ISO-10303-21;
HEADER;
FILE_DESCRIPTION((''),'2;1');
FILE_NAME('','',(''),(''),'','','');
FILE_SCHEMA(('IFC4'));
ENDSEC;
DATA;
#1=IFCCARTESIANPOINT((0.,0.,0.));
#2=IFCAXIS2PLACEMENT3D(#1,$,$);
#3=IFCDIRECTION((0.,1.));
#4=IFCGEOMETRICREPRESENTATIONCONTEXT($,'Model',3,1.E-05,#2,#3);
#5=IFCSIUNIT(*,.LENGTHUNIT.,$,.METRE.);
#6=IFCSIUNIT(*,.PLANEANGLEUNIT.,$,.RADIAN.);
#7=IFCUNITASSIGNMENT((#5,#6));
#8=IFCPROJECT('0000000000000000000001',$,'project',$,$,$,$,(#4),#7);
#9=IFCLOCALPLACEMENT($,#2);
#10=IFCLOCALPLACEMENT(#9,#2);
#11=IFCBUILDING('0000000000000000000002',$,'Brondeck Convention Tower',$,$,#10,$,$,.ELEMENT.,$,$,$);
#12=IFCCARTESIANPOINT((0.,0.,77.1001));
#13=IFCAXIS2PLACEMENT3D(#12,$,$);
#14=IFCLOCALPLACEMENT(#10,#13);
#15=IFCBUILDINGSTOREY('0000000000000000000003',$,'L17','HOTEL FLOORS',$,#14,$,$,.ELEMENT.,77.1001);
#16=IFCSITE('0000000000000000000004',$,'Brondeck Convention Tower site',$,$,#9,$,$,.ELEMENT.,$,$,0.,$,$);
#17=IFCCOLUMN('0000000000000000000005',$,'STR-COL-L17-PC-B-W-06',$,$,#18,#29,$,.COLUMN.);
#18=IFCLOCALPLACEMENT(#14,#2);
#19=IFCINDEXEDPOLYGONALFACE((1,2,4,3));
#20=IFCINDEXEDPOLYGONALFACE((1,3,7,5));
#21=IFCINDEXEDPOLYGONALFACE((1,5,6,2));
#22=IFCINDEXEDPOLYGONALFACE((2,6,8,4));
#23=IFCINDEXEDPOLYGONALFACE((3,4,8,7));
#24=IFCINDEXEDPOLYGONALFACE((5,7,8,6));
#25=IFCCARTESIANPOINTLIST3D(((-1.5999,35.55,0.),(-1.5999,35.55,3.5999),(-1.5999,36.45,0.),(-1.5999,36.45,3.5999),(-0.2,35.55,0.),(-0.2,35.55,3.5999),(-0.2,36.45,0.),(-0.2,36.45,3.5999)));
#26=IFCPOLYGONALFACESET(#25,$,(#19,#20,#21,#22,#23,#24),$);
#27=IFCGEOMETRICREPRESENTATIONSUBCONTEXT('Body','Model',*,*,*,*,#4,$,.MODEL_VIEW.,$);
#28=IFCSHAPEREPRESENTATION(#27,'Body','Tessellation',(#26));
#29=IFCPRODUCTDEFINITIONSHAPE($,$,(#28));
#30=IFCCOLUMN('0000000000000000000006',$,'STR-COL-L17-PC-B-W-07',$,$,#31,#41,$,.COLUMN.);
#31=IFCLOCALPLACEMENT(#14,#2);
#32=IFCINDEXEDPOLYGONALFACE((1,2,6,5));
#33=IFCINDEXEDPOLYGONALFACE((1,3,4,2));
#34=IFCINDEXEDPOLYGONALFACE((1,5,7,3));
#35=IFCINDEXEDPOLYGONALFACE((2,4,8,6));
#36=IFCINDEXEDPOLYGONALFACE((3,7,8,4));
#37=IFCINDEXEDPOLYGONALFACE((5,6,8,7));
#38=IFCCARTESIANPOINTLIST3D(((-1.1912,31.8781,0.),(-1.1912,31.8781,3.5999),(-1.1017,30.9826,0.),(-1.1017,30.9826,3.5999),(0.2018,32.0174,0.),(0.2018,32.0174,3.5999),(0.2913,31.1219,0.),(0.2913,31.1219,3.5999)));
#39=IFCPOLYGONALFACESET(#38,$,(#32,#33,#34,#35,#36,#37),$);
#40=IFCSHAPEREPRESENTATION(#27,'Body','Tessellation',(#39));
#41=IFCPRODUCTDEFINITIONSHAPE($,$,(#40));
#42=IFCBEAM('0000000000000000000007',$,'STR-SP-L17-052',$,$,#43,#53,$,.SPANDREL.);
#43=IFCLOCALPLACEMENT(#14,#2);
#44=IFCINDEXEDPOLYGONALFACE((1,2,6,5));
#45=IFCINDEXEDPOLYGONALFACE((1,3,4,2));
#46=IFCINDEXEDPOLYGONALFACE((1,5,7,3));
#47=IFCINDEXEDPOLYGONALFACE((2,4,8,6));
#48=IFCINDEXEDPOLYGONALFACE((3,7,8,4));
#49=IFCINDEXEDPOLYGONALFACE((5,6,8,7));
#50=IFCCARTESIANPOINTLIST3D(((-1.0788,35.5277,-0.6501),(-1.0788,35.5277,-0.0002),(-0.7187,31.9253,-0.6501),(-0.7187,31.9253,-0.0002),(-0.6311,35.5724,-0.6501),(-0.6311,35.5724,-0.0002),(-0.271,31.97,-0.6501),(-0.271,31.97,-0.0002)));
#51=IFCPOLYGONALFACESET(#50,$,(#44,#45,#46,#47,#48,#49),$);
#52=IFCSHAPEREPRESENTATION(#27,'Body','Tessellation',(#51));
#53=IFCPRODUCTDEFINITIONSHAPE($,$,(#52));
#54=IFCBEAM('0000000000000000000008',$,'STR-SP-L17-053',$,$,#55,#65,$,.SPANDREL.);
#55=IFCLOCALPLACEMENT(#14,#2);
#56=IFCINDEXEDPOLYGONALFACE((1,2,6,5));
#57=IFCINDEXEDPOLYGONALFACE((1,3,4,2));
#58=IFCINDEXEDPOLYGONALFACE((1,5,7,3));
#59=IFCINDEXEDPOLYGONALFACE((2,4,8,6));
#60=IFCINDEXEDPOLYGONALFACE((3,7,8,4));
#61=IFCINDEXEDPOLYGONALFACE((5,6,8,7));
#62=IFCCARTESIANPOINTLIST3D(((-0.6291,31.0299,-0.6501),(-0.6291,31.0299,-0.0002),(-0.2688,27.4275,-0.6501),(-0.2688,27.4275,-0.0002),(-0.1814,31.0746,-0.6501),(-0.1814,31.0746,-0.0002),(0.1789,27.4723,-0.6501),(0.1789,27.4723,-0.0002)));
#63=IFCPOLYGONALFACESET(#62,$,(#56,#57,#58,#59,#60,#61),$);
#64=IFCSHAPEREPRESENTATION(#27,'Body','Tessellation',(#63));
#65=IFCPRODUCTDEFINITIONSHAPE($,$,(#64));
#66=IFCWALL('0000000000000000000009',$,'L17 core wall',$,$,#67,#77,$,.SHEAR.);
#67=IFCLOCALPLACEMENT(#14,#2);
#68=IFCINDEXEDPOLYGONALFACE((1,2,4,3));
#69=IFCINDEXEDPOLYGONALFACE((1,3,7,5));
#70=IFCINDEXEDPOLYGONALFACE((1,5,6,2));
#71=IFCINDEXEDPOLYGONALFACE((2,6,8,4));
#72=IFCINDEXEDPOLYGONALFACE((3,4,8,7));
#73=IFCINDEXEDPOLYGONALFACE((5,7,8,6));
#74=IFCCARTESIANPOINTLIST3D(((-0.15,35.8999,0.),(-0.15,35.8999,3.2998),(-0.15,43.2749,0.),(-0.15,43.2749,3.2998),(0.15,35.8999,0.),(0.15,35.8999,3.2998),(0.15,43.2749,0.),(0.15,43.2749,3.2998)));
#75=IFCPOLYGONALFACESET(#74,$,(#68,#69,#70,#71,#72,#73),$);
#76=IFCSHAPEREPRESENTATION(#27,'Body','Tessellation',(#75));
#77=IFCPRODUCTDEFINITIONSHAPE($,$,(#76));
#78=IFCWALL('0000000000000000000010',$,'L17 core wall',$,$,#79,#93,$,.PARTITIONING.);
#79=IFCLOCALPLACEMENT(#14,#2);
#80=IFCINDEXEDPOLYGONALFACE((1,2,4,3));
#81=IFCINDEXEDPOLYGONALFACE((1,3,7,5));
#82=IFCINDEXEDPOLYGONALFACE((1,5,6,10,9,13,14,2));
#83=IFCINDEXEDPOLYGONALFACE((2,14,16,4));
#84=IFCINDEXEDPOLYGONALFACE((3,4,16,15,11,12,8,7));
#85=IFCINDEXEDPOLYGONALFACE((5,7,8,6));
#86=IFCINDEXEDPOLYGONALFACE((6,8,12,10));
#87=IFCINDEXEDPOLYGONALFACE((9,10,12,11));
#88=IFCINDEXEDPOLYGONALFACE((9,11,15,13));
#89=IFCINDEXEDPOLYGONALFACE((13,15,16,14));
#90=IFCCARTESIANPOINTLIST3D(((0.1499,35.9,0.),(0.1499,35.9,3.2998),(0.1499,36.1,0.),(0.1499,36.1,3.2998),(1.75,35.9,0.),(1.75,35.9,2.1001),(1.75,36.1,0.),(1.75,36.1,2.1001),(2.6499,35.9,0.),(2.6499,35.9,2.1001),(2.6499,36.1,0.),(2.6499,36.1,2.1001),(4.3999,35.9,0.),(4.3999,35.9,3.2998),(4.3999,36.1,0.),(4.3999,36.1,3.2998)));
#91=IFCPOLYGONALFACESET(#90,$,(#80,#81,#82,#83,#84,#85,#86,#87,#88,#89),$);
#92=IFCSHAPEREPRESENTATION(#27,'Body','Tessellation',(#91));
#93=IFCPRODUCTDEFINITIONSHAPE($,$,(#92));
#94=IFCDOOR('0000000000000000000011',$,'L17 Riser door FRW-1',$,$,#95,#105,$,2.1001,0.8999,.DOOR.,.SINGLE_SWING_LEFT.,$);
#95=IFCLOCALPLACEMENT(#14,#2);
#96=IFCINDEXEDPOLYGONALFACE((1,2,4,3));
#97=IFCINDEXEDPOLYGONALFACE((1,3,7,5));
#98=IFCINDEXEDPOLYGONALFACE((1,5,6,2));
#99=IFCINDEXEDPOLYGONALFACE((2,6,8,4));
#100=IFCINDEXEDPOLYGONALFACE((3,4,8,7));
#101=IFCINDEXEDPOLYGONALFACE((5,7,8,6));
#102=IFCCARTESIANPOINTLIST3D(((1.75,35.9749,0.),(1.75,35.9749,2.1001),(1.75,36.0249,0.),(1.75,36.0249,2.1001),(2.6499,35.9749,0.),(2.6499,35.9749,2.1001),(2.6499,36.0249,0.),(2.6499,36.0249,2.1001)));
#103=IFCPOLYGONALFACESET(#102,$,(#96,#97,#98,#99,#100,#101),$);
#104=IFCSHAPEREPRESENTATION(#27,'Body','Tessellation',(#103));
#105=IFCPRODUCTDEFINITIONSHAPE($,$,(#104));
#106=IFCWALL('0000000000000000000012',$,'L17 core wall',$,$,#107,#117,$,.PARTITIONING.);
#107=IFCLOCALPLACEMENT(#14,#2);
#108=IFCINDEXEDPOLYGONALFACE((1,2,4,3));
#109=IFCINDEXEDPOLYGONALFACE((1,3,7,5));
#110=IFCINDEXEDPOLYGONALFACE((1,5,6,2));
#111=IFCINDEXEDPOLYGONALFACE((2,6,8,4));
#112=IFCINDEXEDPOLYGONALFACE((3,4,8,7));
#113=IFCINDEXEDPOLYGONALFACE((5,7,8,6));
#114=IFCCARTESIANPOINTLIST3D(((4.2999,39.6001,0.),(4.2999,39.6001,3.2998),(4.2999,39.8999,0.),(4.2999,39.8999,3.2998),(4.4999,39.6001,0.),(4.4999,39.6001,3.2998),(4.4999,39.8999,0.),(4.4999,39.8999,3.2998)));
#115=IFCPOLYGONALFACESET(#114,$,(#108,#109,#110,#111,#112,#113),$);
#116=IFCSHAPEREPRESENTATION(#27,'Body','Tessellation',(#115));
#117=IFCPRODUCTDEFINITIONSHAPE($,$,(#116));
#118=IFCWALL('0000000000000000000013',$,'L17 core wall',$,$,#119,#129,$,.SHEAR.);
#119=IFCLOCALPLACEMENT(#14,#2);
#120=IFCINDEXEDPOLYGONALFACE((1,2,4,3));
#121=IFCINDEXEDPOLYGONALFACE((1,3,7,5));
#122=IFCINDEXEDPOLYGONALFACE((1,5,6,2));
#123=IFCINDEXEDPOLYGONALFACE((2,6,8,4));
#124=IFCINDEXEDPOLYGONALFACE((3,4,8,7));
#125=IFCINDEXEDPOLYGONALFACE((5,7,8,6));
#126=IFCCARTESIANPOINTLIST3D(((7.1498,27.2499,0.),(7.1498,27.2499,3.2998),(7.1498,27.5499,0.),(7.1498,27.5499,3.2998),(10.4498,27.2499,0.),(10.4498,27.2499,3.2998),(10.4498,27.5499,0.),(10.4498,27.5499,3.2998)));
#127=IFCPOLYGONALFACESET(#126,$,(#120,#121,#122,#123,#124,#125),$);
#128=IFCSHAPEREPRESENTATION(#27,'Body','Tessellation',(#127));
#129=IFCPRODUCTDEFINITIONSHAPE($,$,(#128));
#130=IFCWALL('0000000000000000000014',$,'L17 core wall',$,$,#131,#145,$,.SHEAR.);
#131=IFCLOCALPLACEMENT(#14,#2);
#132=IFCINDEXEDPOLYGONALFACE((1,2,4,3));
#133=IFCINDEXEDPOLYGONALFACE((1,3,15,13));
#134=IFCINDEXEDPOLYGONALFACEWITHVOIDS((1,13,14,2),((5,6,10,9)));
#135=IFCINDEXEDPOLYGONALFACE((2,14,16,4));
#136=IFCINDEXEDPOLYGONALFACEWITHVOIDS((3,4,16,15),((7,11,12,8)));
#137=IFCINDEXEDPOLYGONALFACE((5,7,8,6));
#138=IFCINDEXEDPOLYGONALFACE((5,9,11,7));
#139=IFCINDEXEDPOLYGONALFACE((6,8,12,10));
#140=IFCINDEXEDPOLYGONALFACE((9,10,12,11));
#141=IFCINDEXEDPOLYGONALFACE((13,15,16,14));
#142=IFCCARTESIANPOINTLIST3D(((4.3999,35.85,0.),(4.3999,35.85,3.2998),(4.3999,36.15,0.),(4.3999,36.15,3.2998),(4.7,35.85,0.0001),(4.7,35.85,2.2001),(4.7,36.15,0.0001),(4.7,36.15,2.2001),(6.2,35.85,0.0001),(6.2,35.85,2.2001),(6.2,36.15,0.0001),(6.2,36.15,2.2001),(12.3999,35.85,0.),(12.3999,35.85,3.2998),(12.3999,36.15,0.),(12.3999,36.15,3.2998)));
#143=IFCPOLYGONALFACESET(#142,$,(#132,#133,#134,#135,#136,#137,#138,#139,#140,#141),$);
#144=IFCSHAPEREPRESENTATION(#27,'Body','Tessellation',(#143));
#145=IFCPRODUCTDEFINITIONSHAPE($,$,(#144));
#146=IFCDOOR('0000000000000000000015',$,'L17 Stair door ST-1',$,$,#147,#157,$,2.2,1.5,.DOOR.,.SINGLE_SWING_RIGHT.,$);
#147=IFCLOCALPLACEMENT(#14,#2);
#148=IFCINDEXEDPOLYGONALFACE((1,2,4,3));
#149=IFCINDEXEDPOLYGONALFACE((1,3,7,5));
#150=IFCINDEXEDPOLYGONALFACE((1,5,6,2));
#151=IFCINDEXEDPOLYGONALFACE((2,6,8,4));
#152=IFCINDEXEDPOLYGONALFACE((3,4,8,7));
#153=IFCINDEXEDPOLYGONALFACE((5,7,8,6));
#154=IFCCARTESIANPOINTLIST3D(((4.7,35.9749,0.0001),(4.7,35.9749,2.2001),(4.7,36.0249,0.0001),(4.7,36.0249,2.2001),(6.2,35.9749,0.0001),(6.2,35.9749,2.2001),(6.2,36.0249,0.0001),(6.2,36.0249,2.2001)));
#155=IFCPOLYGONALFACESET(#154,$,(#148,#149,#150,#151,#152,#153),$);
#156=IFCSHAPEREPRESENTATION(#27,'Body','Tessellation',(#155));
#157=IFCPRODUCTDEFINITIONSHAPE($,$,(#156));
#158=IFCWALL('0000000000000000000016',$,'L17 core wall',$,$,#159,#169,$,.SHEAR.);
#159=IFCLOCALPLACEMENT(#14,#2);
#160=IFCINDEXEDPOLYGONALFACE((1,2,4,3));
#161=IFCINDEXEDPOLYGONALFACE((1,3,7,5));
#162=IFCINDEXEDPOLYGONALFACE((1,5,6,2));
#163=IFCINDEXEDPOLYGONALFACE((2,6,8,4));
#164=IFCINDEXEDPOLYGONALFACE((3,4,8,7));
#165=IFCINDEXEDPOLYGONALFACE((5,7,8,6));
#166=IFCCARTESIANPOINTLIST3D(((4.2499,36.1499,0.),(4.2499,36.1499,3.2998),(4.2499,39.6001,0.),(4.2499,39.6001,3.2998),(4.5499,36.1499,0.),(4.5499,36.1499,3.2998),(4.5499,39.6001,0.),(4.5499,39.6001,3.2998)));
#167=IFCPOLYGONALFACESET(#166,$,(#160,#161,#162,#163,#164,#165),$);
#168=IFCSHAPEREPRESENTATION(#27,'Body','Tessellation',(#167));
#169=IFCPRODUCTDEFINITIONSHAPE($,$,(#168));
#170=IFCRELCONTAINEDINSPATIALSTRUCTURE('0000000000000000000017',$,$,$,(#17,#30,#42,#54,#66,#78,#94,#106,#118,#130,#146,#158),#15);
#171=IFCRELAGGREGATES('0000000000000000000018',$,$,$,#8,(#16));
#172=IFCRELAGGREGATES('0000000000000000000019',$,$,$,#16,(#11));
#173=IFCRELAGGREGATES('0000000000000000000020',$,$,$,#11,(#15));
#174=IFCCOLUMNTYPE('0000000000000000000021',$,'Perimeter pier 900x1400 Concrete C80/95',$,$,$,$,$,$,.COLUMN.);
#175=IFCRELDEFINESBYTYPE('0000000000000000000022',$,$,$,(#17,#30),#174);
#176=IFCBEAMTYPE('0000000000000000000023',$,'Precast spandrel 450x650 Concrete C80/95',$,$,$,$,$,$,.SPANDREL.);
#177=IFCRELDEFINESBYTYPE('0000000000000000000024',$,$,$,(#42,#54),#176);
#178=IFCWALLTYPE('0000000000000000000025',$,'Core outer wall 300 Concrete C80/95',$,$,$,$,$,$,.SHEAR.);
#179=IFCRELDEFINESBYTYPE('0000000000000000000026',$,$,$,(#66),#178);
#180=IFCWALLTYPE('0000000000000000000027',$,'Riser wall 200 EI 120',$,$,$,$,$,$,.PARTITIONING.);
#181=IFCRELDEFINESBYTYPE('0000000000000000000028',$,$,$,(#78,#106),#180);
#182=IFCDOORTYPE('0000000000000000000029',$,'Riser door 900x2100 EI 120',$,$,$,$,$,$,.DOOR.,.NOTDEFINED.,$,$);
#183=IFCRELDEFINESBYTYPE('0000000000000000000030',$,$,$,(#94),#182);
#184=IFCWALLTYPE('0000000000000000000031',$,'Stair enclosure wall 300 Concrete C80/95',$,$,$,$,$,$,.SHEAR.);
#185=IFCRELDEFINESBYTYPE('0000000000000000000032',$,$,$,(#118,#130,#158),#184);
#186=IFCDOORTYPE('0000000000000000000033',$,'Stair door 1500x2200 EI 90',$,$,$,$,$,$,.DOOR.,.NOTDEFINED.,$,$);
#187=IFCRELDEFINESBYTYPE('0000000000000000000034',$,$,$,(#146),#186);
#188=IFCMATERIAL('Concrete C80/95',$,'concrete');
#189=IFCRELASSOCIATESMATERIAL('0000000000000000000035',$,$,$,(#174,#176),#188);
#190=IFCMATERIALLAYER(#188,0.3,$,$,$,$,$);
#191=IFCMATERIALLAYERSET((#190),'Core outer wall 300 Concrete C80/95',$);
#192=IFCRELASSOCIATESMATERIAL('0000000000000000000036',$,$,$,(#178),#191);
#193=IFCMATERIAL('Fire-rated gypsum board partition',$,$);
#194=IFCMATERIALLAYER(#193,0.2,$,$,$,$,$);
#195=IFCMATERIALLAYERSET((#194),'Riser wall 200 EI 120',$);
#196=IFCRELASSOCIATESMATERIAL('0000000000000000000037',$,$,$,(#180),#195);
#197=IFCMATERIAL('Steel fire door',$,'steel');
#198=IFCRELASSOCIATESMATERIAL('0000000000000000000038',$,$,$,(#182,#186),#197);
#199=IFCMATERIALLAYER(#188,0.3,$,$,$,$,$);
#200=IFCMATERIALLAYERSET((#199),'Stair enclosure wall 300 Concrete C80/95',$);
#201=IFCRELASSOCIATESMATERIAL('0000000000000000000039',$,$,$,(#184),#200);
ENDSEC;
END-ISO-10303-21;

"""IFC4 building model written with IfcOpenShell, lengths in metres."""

from ifc_helpers import new_model, si_unit, direction, frame, frame_2d, origin, origin_2d, place, context, subcontext, project, spatial, rectangle, extrude, material, layer, layer_set, material_profile, profile_set, type_object, element, fill, save


model = new_model("IFC4")

# Units and contexts
model_context = context("Model", 3, precision=1e-05, world=origin(), true_north=direction((0.0, 1.0)))
body_context = subcontext(model_context, "Body", "Model", "MODEL_VIEW")
ifc_project = project(units=[si_unit("LENGTHUNIT", "METRE"), si_unit("PLANEANGLEUNIT", "RADIAN")], contexts=[model_context])

# Site, building, storey
site_placement = place(None, origin())
site = spatial("IfcSite", under=ifc_project, at=site_placement, Name="Brondeck Convention Tower site", CompositionType="ELEMENT", RefElevation=0.0)
building_placement = place(site_placement, origin())
building = spatial("IfcBuilding", under=site, at=building_placement, Name="Brondeck Convention Tower", CompositionType="ELEMENT")
storey_placement = place(building_placement, frame((0.0, 0.0, 77.1001)))
storey = spatial("IfcBuildingStorey", under=building, at=storey_placement, Name="L17", Description="HOTEL FLOORS", CompositionType="ELEMENT", Elevation=77.1001)

# Columns
ifc_material_1 = material(Name="Concrete C80/95", Category="concrete")
ifc_material_profile_1 = material_profile(ifc_material_1, rectangle(XDim=0.8999, YDim=1.3999, at=origin_2d()), Name="Perimeter pier 900x1400 Concrete C80/95")
ifc_profile_set_1 = profile_set([ifc_material_profile_1], Name="Concrete C80/95")
column_type = type_object("IfcColumnType", Name="Perimeter pier 900x1400 Concrete C80/95", PredefinedType="COLUMN", material=ifc_profile_set_1)
for number, where, z_axis, x_axis, name in (
    (1, (-0.8999, 36.0, 0.0), (0.0, 0.0, 1.0), (0.0, -1.0, 0.0), "STR-COL-L17-PC-B-W-06"),
    (2, (-0.45, 31.5, 0.0), (0.0, 0.0, 1.0), (0.099504, -0.995037, 0.0), "STR-COL-L17-PC-B-W-07"),
):
    element("IfcColumn", number, at=place(storey_placement, frame(where, z_axis=z_axis, x_axis=x_axis)), inside=storey, type_object=column_type, Name=name, PredefinedType="COLUMN", context=body_context, shape_type="SweptSolid", body=[
        extrude(rectangle(XDim=0.8999, YDim=1.3999, at=origin_2d()), origin(), (0.0, 0.0, 1.0), 3.5999),
    ])

# Beams
ifc_material_profile_2 = material_profile(ifc_material_1, rectangle(XDim=0.45, YDim=0.6499, at=origin_2d()), Name="Precast spandrel 450x650 Concrete C80/95")
ifc_profile_set_2 = profile_set([ifc_material_profile_2], Name="Concrete C80/95")
beam_type = type_object("IfcBeamType", Name="Precast spandrel 450x650 Concrete C80/95", PredefinedType="SPANDREL", material=ifc_profile_set_2)
for number, where, z_axis, x_axis, name in (
    (3, (-0.855, 35.55, -0.3252), (0.09947, -0.995041, 0.0), (0.995041, 0.09947, 0.0), "STR-SP-L17-052"),
    (4, (-0.4053, 31.0522, -0.3252), (0.099537, -0.995034, 0.0), (0.995034, 0.099537, 0.0), "STR-SP-L17-053"),
):
    element("IfcBeam", number, at=place(storey_placement, frame(where, z_axis=z_axis, x_axis=x_axis)), inside=storey, type_object=beam_type, Name=name, PredefinedType="SPANDREL", context=body_context, shape_type="SweptSolid", body=[
        extrude(rectangle(XDim=0.45, YDim=0.6499, at=origin_2d()), origin(), (0.0, 0.0, 1.0), 3.6204),
    ])

# Wall
ifc_layer_1 = layer(ifc_material_1, 0.3)
ifc_layer_set_1 = layer_set([ifc_layer_1], Name="Core outer wall 300 Concrete C80/95")
wall_type_1 = type_object("IfcWallType", Name="Core outer wall 300 Concrete C80/95", PredefinedType="SHEAR", material=ifc_layer_set_1)
wall_1_placement = place(storey_placement, frame((0.0, 35.8999, 0.0), z_axis=(0.0, 0.0, 1.0), x_axis=(0.0, 1.0, 0.0)))
element("IfcWall", 5, at=wall_1_placement, inside=storey, type_object=wall_type_1, Name="L17 core wall", PredefinedType="SHEAR", context=body_context, shape_type="SweptSolid", body=[
    extrude(rectangle(XDim=7.375, YDim=0.3, at=frame_2d((3.6875, 0.0))), origin(), (0.0, 0.0, 1.0), 3.2998),
])

# Wall, opening, door
ifc_material_2 = material(Name="Fire-rated gypsum board partition")
ifc_layer_2 = layer(ifc_material_2, 0.2)
ifc_layer_set_2 = layer_set([ifc_layer_2], Name="Riser wall 200 EI 120")
wall_type_2 = type_object("IfcWallType", Name="Riser wall 200 EI 120", PredefinedType="PARTITIONING", material=ifc_layer_set_2)
wall_2_placement = place(storey_placement, frame((0.1499, 36.0, 0.0), z_axis=(0.0, 0.0, 1.0), x_axis=(1.0, 0.0, 0.0)))
wall_2 = element("IfcWall", 6, at=wall_2_placement, inside=storey, type_object=wall_type_2, Name="L17 core wall", PredefinedType="PARTITIONING", context=body_context, shape_type="SweptSolid", body=[
    extrude(rectangle(XDim=4.25, YDim=0.2, at=frame_2d((2.125, 0.0))), origin(), (0.0, 0.0, 1.0), 3.2998),
])
opening_1_placement = place(wall_2_placement, frame((1.6001, 0.0, 0.0)))
opening_1 = element("IfcOpeningElement", 7, at=opening_1_placement, cuts=wall_2, PredefinedType="OPENING", context=body_context, shape_type="SweptSolid", body=[
    extrude(rectangle(XDim=0.8999, YDim=2.1001, at=frame_2d((0.45, 1.05))), frame((0.0, 0.1099, 0.0), z_axis=(0.0, -1.0, 0.0), x_axis=(1.0, 0.0, 0.0)), (0.0, 0.0, 1.0), 0.22),
])
ifc_material_3 = material(Name="Steel fire door", Category="steel")
door_type_1 = type_object("IfcDoorType", Name="Riser door 900x2100 EI 120", OperationType="NOTDEFINED", PredefinedType="DOOR", material=ifc_material_3)
door_1_placement = place(opening_1_placement, origin())
door_1 = element("IfcDoor", 8, at=door_1_placement, inside=storey, type_object=door_type_1, Name="L17 Riser door FRW-1", OperationType="SINGLE_SWING_LEFT", OverallHeight=2.1001, OverallWidth=0.8999, PredefinedType="DOOR", context=body_context, shape_type="SweptSolid", body=[
    extrude(rectangle(XDim=0.8999, YDim=2.1001, at=frame_2d((0.45, 1.05))), frame((0.0, 0.0249, 0.0), z_axis=(0.0, -1.0, 0.0), x_axis=(1.0, 0.0, 0.0)), (0.0, 0.0, 1.0), 0.05),
])
fill(opening_1, door_1)

# Walls
wall_3_placement = place(storey_placement, frame((4.3999, 39.6001, 0.0), z_axis=(0.0, 0.0, 1.0), x_axis=(0.0, 1.0, 0.0)))
element("IfcWall", 9, at=wall_3_placement, inside=storey, type_object=wall_type_2, Name="L17 core wall", PredefinedType="PARTITIONING", context=body_context, shape_type="SweptSolid", body=[
    extrude(rectangle(XDim=0.2998, YDim=0.2, at=frame_2d((0.1499, 0.0))), origin(), (0.0, 0.0, 1.0), 3.2998),
])
ifc_layer_3 = layer(ifc_material_1, 0.3)
ifc_layer_set_3 = layer_set([ifc_layer_3], Name="Stair enclosure wall 300 Concrete C80/95")
wall_type_3 = type_object("IfcWallType", Name="Stair enclosure wall 300 Concrete C80/95", PredefinedType="SHEAR", material=ifc_layer_set_3)
wall_4_placement = place(storey_placement, frame((7.1499, 27.3999, 0.0), z_axis=(0.0, 0.0, 1.0), x_axis=(1.0, 0.0, 0.0)))
element("IfcWall", 10, at=wall_4_placement, inside=storey, type_object=wall_type_3, Name="L17 core wall", PredefinedType="SHEAR", context=body_context, shape_type="SweptSolid", body=[
    extrude(rectangle(XDim=3.3, YDim=0.3, at=frame_2d((1.6499, 0.0))), origin(), (0.0, 0.0, 1.0), 3.2998),
])

# Wall, opening, door
wall_5_placement = place(storey_placement, frame((4.3999, 36.0, 0.0), z_axis=(0.0, 0.0, 1.0), x_axis=(1.0, 0.0, 0.0)))
wall_5 = element("IfcWall", 11, at=wall_5_placement, inside=storey, type_object=wall_type_3, Name="L17 core wall", PredefinedType="SHEAR", context=body_context, shape_type="SweptSolid", body=[
    extrude(rectangle(XDim=8.0, YDim=0.3, at=frame_2d((4.0, 0.0))), origin(), (0.0, 0.0, 1.0), 3.2998),
])
opening_2_placement = place(wall_5_placement, frame((0.3, 0.0, 0.0)))
opening_2 = element("IfcOpeningElement", 12, at=opening_2_placement, cuts=wall_5, PredefinedType="OPENING", context=body_context, shape_type="SweptSolid", body=[
    extrude(rectangle(XDim=1.5, YDim=2.2, at=frame_2d((0.75, 1.1001))), frame((0.0, 0.1599, 0.0), z_axis=(0.0, -1.0, 0.0), x_axis=(1.0, 0.0, 0.0)), (0.0, 0.0, 1.0), 0.3201),
])
door_type_2 = type_object("IfcDoorType", Name="Stair door 1500x2200 EI 90", OperationType="NOTDEFINED", PredefinedType="DOOR", material=ifc_material_3)
door_2_placement = place(opening_2_placement, origin())
door_2 = element("IfcDoor", 13, at=door_2_placement, inside=storey, type_object=door_type_2, Name="L17 Stair door ST-1", OperationType="SINGLE_SWING_RIGHT", OverallHeight=2.2, OverallWidth=1.5, PredefinedType="DOOR", context=body_context, shape_type="SweptSolid", body=[
    extrude(rectangle(XDim=1.5, YDim=2.2, at=frame_2d((0.75, 1.1001))), frame((0.0, 0.0249, 0.0), z_axis=(0.0, -1.0, 0.0), x_axis=(1.0, 0.0, 0.0)), (0.0, 0.0, 1.0), 0.05),
])
fill(opening_2, door_2)

# Wall
wall_6_placement = place(storey_placement, frame((4.3999, 36.1499, 0.0), z_axis=(0.0, 0.0, 1.0), x_axis=(0.0, 1.0, 0.0)))
element("IfcWall", 14, at=wall_6_placement, inside=storey, type_object=wall_type_3, Name="L17 core wall", PredefinedType="SHEAR", context=body_context, shape_type="SweptSolid", body=[
    extrude(rectangle(XDim=3.4502, YDim=0.3, at=frame_2d((1.7251, 0.0))), origin(), (0.0, 0.0, 1.0), 3.2998),
])

save(model, "model.ifc")
